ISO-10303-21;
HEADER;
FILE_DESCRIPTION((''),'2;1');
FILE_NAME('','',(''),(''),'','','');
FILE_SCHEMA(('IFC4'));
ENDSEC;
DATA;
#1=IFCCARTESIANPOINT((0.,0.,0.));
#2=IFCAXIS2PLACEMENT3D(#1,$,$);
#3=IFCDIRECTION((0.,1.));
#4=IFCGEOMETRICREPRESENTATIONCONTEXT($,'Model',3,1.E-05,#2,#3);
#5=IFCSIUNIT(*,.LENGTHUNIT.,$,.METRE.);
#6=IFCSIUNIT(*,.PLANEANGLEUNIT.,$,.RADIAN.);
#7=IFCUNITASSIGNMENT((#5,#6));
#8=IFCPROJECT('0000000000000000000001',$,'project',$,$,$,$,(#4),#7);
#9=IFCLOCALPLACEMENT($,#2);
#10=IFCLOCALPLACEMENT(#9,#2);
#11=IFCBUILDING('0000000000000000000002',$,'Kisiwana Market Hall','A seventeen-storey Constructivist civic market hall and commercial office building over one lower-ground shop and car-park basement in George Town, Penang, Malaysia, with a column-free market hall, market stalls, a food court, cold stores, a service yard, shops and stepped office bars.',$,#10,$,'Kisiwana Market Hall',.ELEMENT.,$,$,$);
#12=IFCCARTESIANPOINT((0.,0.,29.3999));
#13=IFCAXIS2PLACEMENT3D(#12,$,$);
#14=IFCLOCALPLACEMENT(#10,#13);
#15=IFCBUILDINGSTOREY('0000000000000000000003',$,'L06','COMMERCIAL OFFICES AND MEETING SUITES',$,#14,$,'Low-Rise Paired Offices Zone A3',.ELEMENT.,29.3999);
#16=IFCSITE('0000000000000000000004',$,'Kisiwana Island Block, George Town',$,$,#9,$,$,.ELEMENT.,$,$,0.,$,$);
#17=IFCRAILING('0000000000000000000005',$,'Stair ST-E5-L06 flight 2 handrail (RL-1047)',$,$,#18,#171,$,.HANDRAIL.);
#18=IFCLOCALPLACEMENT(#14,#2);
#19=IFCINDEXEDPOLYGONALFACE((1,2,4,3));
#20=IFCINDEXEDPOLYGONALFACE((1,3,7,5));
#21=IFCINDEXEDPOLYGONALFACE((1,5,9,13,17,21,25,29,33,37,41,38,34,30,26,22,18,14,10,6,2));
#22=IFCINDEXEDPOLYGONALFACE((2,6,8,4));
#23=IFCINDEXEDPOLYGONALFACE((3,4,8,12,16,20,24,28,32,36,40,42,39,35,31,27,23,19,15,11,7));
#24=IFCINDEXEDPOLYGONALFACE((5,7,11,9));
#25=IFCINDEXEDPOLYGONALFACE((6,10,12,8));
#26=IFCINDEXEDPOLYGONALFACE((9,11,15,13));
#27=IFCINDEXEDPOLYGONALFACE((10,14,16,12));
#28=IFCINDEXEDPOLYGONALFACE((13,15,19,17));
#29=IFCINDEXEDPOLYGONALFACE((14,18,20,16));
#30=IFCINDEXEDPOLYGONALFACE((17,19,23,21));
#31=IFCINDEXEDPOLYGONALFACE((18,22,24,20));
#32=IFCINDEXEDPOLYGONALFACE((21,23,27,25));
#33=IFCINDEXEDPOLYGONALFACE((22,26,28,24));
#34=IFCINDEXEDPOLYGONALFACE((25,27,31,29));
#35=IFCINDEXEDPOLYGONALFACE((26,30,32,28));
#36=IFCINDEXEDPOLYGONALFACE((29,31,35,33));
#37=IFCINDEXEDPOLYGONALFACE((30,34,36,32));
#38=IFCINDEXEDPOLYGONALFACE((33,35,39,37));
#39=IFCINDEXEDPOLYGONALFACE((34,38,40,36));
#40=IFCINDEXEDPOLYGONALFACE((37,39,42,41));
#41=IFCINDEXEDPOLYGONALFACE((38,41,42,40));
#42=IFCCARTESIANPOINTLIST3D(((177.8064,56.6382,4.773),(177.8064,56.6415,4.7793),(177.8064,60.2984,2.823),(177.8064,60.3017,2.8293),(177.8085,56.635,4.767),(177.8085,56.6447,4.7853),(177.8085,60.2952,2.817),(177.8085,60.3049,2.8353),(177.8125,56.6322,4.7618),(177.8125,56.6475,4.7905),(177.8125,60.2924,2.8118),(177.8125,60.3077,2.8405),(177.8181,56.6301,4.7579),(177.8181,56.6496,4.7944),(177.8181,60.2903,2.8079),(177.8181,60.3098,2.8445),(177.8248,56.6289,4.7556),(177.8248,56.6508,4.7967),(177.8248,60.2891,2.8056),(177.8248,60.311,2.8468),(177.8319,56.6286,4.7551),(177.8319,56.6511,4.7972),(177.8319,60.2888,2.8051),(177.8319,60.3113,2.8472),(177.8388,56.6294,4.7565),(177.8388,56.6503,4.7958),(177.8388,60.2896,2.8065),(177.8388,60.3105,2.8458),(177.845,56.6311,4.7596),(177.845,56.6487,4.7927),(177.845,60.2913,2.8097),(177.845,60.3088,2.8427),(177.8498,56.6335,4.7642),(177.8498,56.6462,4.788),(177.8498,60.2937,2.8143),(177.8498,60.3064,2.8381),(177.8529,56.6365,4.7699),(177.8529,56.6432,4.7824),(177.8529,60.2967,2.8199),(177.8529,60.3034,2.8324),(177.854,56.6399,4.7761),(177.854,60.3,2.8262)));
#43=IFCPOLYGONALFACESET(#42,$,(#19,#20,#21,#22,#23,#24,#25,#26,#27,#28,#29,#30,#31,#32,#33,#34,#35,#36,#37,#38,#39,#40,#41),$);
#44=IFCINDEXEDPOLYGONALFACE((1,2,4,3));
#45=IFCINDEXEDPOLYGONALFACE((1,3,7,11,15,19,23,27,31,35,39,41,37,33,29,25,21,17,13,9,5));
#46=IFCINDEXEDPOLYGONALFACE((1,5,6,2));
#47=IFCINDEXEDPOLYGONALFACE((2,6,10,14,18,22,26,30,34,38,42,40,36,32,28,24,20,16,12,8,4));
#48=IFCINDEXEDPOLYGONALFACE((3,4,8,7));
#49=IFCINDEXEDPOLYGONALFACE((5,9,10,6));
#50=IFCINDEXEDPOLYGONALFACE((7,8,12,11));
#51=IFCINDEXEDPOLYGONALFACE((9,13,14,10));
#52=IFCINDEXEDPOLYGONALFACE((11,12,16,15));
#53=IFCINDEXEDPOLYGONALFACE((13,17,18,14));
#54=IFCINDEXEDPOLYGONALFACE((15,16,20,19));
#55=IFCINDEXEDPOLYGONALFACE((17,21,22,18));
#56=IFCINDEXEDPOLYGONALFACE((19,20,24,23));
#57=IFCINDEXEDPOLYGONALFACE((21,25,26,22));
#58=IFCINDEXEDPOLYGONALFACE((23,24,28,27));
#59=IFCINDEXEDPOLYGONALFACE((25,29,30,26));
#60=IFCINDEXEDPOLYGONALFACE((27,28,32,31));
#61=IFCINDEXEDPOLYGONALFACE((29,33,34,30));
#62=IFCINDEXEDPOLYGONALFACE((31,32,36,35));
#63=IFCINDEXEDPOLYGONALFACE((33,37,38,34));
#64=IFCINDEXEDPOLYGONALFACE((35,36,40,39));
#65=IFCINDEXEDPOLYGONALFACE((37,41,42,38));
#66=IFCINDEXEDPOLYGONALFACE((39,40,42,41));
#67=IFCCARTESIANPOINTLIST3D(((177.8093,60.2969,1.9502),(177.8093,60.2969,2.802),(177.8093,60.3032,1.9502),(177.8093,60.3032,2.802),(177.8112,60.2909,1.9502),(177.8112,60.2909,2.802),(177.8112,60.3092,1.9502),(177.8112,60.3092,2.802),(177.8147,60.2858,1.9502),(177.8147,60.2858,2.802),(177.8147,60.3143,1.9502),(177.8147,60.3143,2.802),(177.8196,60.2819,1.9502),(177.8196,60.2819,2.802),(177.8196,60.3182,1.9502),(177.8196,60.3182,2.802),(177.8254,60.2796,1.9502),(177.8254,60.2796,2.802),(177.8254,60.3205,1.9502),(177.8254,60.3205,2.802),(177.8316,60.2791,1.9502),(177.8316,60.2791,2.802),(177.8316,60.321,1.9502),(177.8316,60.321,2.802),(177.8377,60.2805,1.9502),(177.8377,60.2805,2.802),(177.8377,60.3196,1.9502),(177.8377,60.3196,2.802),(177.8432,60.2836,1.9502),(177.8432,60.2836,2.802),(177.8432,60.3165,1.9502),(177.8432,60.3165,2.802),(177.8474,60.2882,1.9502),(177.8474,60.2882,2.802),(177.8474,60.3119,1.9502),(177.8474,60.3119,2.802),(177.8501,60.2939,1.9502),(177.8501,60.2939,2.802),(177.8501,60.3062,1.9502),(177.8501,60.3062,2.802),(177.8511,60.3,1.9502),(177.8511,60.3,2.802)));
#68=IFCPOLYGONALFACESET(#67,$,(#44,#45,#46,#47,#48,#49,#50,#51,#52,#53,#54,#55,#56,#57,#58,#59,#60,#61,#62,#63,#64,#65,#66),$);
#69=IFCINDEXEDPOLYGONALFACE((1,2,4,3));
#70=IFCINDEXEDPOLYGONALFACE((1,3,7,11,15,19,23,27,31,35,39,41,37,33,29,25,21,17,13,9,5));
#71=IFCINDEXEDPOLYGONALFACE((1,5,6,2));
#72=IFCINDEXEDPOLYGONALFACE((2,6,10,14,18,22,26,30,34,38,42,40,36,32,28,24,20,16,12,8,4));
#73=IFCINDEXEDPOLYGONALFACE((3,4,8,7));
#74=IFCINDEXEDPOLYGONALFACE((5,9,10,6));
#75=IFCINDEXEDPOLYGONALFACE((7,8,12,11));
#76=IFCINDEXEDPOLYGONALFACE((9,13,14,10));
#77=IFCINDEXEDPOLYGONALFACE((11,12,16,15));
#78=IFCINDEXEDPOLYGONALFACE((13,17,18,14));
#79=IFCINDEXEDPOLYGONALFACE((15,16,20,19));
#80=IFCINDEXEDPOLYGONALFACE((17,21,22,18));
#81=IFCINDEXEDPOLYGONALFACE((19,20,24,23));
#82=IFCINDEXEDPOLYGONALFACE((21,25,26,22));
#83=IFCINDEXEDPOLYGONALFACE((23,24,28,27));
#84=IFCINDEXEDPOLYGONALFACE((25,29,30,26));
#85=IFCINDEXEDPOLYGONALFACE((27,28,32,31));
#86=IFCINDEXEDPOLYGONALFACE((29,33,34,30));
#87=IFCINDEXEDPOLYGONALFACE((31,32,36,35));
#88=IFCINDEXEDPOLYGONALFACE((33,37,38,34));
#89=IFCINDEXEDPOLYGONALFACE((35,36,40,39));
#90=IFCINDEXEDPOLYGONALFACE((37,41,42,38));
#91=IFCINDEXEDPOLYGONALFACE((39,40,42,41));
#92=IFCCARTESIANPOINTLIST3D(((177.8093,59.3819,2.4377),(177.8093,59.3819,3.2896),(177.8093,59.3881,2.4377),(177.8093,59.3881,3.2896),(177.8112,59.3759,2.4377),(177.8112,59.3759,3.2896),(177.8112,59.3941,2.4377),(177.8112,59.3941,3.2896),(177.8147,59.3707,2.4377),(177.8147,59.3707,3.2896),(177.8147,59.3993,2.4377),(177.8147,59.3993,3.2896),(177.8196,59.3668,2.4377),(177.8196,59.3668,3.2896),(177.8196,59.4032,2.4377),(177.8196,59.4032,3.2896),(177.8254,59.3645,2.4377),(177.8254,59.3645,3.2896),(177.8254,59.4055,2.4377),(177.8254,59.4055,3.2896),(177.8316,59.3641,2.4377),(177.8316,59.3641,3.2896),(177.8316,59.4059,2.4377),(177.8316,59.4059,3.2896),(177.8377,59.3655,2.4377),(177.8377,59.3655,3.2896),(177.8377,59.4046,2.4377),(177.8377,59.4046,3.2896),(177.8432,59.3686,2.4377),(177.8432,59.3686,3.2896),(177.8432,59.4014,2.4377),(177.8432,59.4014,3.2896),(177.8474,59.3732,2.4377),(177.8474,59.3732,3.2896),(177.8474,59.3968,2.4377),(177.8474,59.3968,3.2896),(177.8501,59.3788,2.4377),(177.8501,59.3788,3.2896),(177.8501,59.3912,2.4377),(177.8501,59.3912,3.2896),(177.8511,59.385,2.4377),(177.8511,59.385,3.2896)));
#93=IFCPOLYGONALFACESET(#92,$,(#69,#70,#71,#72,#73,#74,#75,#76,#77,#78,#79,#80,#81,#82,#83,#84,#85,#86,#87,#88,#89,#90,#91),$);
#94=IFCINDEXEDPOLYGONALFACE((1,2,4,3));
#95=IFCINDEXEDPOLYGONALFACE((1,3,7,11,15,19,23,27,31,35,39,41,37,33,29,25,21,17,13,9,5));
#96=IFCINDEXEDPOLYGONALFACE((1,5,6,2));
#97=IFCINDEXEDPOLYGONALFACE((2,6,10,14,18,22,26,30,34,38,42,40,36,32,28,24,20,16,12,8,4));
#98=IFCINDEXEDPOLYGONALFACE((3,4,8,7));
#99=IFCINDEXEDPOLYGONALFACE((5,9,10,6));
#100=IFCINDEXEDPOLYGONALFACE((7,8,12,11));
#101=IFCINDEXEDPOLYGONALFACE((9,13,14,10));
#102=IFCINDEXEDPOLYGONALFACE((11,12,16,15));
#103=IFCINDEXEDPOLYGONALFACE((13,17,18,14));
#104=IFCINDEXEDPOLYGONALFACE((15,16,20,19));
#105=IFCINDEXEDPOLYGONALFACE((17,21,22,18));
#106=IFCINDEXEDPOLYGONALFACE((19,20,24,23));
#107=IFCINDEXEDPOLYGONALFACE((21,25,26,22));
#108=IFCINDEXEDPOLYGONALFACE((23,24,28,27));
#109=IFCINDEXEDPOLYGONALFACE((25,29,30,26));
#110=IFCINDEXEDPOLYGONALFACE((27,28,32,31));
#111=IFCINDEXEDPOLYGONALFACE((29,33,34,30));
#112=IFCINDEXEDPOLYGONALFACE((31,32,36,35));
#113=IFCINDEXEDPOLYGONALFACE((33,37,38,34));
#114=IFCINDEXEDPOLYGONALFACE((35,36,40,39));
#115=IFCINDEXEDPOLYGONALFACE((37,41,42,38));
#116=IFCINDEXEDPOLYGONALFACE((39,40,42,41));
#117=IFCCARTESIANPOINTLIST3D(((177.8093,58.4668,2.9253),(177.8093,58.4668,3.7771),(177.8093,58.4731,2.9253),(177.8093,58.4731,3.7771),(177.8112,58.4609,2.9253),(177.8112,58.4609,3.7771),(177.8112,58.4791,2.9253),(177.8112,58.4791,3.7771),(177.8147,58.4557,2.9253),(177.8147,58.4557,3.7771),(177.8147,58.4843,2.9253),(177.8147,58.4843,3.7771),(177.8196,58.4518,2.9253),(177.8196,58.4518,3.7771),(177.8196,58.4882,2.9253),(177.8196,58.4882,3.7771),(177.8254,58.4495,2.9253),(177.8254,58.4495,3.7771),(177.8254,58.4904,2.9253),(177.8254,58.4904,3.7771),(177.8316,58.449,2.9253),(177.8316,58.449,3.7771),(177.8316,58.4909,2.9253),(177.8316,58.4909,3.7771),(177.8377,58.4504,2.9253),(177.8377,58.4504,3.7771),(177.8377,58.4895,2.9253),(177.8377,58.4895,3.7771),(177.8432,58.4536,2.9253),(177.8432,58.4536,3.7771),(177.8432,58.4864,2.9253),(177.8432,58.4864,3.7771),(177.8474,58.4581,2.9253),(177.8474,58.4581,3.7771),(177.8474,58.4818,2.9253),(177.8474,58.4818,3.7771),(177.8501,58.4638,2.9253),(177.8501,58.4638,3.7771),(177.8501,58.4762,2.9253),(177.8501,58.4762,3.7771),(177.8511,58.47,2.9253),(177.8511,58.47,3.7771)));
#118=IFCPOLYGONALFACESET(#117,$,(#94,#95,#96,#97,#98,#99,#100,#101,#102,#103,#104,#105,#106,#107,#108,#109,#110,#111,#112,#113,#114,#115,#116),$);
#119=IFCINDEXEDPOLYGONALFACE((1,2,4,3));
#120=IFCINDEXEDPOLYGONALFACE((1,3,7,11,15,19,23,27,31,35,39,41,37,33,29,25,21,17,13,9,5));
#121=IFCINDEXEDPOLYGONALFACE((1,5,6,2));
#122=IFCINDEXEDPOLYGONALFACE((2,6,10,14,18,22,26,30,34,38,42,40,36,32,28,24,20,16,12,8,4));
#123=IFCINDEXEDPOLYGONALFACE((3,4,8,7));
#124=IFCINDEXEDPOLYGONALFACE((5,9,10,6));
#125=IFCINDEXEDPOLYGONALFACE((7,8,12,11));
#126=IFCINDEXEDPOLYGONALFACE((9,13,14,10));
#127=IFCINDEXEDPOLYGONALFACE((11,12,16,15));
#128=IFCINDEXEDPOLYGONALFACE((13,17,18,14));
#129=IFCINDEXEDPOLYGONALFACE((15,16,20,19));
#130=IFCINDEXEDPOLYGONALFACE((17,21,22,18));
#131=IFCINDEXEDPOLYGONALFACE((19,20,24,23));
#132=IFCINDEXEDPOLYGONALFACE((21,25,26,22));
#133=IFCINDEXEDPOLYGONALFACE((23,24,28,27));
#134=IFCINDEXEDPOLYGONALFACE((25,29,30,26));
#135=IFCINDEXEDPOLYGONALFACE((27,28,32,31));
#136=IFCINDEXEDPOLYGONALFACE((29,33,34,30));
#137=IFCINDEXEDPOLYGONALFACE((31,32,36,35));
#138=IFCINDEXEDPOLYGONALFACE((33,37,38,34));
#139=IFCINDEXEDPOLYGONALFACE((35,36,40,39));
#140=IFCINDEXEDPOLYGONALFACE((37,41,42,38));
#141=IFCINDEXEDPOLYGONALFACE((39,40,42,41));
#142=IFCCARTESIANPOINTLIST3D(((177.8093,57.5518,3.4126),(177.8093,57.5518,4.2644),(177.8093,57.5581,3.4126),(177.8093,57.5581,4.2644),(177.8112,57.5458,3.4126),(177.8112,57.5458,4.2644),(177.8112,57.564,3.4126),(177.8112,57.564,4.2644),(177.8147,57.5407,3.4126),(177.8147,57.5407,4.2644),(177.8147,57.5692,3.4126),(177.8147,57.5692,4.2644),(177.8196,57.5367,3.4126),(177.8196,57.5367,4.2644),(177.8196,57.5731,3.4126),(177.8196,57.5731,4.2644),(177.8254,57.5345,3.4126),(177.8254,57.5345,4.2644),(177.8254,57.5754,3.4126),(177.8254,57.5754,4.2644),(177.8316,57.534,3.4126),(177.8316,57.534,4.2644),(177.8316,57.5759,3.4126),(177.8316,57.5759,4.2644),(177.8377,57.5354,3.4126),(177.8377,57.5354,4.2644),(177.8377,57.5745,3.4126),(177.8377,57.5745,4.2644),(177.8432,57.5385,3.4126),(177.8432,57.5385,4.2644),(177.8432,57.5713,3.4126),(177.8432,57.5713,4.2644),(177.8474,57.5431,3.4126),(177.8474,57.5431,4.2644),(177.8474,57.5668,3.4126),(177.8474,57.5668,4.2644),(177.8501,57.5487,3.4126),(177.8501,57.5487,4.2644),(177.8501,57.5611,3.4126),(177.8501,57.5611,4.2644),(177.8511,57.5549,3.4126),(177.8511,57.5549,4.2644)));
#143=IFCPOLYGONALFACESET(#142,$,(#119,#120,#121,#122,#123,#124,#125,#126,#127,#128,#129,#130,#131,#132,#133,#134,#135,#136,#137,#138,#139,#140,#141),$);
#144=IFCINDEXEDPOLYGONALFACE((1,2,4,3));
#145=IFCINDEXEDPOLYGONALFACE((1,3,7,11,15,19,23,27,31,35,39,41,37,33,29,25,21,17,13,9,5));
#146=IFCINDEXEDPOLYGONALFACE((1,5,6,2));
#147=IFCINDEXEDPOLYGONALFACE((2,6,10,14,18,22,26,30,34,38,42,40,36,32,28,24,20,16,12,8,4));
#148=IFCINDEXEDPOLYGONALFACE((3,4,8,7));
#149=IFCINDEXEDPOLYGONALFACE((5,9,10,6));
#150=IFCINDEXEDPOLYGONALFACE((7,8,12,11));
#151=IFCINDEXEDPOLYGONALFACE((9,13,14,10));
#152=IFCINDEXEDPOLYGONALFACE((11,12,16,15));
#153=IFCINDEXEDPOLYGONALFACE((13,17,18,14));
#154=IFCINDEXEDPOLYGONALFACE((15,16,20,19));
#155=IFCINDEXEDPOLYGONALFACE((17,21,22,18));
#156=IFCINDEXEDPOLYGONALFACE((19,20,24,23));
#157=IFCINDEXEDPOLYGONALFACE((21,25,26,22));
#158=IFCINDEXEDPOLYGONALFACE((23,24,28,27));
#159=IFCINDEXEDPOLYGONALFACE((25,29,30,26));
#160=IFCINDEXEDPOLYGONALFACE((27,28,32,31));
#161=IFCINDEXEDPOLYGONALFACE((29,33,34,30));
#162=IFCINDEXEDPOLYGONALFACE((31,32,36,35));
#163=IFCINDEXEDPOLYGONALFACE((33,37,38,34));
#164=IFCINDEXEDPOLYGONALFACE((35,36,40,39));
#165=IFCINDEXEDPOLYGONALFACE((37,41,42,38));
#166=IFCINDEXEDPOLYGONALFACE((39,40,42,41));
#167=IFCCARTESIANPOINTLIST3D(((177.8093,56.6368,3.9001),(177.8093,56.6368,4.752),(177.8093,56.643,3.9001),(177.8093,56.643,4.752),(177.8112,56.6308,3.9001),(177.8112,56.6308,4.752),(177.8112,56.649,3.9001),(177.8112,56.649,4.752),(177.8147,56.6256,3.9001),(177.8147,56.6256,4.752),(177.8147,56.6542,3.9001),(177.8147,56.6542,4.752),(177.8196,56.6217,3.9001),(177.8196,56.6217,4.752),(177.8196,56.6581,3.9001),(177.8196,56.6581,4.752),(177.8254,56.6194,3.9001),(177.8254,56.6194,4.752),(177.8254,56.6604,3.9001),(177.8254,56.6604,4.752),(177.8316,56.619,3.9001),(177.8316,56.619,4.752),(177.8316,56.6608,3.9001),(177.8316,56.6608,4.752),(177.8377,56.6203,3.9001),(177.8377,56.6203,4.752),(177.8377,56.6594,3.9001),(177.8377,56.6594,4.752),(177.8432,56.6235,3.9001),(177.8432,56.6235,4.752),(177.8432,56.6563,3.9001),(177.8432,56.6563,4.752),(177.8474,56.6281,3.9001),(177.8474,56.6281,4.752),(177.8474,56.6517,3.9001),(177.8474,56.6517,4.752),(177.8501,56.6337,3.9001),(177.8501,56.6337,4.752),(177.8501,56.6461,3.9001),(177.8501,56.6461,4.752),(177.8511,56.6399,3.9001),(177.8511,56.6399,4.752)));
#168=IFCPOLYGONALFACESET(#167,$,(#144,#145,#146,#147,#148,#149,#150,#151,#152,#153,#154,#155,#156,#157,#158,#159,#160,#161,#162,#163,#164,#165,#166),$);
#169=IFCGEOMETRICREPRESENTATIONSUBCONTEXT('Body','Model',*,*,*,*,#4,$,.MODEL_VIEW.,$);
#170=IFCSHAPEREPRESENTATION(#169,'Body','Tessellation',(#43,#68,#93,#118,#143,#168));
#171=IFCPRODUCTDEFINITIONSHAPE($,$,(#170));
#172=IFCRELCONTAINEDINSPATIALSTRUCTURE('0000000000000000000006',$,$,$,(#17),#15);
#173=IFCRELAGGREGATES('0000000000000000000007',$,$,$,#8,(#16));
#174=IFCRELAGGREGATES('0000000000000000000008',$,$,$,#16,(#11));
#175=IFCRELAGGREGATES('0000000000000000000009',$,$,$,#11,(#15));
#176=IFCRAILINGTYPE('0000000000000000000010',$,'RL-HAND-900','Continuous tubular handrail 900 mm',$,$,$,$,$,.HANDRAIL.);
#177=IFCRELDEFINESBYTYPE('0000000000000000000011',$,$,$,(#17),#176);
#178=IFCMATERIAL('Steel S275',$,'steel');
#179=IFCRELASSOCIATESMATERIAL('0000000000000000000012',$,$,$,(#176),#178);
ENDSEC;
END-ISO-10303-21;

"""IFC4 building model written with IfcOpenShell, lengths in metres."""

from ifc_helpers import new_model, si_unit, direction, frame, origin, origin_2d, place, context, subcontext, project, spatial, circle, extrude, material, type_object, element, save


model = new_model("IFC4")

# Units and contexts
model_context = context("Model", 3, precision=1e-05, world=origin(), true_north=direction((0.0, 1.0)))
body_context = subcontext(model_context, "Body", "Model", "MODEL_VIEW")
ifc_project = project(units=[si_unit("LENGTHUNIT", "METRE"), si_unit("PLANEANGLEUNIT", "RADIAN")], contexts=[model_context])

# Site, building, storey
site_placement = place(None, origin())
site = spatial("IfcSite", under=ifc_project, at=site_placement, Name="Kisiwana Island Block, George Town", CompositionType="ELEMENT", RefElevation=0.0)
building_placement = place(site_placement, origin())
building = spatial("IfcBuilding", under=site, at=building_placement, Name="Kisiwana Market Hall", Description="A seventeen-storey Constructivist civic market hall and commercial office building over one lower-ground shop and car-park basement in George Town, Penang, Malaysia, with a column-free market hall, market stalls, a food court, cold stores, a service yard, shops and stepped office bars.", LongName="Kisiwana Market Hall", CompositionType="ELEMENT")
storey_placement = place(building_placement, frame((0.0, 0.0, 29.3999)))
storey = spatial("IfcBuildingStorey", under=building, at=storey_placement, Name="L06", Description="COMMERCIAL OFFICES AND MEETING SUITES", LongName="Low-Rise Paired Offices Zone A3", CompositionType="ELEMENT", Elevation=29.3999)

# Railing
ifc_material_1 = material(Name="Steel S275", Category="steel")
railing_type = type_object("IfcRailingType", Name="RL-HAND-900", Description="Continuous tubular handrail 900 mm", PredefinedType="HANDRAIL", material=ifc_material_1)
for number, where, name in (
    (1, (177.8301, 60.3, 1.9502), "Stair ST-E5-L06 flight 2 handrail (RL-1047)"),
):
    element("IfcRailing", number, at=place(storey_placement, frame(where)), inside=storey, type_object=railing_type, Name=name, PredefinedType="HANDRAIL", context=body_context, shape_type="SweptSolid", body=[
        extrude(circle(Radius=0.0239, at=origin_2d()), frame((0.0, 0.0, 0.876), z_axis=(0.0, -0.882566, 0.470188), x_axis=(1.0, 0.0, 0.0)), (0.0, 0.0, 1.0), 4.1472),
        extrude(circle(Radius=0.021, at=origin_2d()), origin(), (0.0, 0.0, 1.0), 0.8518),
        extrude(circle(Radius=0.021, at=origin_2d()), frame((0.0, -0.915, 0.4875)), (0.0, 0.0, 1.0), 0.8518),
        extrude(circle(Radius=0.021, at=origin_2d()), frame((0.0, -1.8301, 0.9751)), (0.0, 0.0, 1.0), 0.8518),
        extrude(circle(Radius=0.021, at=origin_2d()), frame((0.0, -2.7451, 1.4624)), (0.0, 0.0, 1.0), 0.8518),
        extrude(circle(Radius=0.021, at=origin_2d()), frame((0.0, -3.6602, 1.95)), (0.0, 0.0, 1.0), 0.8518),
    ])

save(model, "model.ifc")
